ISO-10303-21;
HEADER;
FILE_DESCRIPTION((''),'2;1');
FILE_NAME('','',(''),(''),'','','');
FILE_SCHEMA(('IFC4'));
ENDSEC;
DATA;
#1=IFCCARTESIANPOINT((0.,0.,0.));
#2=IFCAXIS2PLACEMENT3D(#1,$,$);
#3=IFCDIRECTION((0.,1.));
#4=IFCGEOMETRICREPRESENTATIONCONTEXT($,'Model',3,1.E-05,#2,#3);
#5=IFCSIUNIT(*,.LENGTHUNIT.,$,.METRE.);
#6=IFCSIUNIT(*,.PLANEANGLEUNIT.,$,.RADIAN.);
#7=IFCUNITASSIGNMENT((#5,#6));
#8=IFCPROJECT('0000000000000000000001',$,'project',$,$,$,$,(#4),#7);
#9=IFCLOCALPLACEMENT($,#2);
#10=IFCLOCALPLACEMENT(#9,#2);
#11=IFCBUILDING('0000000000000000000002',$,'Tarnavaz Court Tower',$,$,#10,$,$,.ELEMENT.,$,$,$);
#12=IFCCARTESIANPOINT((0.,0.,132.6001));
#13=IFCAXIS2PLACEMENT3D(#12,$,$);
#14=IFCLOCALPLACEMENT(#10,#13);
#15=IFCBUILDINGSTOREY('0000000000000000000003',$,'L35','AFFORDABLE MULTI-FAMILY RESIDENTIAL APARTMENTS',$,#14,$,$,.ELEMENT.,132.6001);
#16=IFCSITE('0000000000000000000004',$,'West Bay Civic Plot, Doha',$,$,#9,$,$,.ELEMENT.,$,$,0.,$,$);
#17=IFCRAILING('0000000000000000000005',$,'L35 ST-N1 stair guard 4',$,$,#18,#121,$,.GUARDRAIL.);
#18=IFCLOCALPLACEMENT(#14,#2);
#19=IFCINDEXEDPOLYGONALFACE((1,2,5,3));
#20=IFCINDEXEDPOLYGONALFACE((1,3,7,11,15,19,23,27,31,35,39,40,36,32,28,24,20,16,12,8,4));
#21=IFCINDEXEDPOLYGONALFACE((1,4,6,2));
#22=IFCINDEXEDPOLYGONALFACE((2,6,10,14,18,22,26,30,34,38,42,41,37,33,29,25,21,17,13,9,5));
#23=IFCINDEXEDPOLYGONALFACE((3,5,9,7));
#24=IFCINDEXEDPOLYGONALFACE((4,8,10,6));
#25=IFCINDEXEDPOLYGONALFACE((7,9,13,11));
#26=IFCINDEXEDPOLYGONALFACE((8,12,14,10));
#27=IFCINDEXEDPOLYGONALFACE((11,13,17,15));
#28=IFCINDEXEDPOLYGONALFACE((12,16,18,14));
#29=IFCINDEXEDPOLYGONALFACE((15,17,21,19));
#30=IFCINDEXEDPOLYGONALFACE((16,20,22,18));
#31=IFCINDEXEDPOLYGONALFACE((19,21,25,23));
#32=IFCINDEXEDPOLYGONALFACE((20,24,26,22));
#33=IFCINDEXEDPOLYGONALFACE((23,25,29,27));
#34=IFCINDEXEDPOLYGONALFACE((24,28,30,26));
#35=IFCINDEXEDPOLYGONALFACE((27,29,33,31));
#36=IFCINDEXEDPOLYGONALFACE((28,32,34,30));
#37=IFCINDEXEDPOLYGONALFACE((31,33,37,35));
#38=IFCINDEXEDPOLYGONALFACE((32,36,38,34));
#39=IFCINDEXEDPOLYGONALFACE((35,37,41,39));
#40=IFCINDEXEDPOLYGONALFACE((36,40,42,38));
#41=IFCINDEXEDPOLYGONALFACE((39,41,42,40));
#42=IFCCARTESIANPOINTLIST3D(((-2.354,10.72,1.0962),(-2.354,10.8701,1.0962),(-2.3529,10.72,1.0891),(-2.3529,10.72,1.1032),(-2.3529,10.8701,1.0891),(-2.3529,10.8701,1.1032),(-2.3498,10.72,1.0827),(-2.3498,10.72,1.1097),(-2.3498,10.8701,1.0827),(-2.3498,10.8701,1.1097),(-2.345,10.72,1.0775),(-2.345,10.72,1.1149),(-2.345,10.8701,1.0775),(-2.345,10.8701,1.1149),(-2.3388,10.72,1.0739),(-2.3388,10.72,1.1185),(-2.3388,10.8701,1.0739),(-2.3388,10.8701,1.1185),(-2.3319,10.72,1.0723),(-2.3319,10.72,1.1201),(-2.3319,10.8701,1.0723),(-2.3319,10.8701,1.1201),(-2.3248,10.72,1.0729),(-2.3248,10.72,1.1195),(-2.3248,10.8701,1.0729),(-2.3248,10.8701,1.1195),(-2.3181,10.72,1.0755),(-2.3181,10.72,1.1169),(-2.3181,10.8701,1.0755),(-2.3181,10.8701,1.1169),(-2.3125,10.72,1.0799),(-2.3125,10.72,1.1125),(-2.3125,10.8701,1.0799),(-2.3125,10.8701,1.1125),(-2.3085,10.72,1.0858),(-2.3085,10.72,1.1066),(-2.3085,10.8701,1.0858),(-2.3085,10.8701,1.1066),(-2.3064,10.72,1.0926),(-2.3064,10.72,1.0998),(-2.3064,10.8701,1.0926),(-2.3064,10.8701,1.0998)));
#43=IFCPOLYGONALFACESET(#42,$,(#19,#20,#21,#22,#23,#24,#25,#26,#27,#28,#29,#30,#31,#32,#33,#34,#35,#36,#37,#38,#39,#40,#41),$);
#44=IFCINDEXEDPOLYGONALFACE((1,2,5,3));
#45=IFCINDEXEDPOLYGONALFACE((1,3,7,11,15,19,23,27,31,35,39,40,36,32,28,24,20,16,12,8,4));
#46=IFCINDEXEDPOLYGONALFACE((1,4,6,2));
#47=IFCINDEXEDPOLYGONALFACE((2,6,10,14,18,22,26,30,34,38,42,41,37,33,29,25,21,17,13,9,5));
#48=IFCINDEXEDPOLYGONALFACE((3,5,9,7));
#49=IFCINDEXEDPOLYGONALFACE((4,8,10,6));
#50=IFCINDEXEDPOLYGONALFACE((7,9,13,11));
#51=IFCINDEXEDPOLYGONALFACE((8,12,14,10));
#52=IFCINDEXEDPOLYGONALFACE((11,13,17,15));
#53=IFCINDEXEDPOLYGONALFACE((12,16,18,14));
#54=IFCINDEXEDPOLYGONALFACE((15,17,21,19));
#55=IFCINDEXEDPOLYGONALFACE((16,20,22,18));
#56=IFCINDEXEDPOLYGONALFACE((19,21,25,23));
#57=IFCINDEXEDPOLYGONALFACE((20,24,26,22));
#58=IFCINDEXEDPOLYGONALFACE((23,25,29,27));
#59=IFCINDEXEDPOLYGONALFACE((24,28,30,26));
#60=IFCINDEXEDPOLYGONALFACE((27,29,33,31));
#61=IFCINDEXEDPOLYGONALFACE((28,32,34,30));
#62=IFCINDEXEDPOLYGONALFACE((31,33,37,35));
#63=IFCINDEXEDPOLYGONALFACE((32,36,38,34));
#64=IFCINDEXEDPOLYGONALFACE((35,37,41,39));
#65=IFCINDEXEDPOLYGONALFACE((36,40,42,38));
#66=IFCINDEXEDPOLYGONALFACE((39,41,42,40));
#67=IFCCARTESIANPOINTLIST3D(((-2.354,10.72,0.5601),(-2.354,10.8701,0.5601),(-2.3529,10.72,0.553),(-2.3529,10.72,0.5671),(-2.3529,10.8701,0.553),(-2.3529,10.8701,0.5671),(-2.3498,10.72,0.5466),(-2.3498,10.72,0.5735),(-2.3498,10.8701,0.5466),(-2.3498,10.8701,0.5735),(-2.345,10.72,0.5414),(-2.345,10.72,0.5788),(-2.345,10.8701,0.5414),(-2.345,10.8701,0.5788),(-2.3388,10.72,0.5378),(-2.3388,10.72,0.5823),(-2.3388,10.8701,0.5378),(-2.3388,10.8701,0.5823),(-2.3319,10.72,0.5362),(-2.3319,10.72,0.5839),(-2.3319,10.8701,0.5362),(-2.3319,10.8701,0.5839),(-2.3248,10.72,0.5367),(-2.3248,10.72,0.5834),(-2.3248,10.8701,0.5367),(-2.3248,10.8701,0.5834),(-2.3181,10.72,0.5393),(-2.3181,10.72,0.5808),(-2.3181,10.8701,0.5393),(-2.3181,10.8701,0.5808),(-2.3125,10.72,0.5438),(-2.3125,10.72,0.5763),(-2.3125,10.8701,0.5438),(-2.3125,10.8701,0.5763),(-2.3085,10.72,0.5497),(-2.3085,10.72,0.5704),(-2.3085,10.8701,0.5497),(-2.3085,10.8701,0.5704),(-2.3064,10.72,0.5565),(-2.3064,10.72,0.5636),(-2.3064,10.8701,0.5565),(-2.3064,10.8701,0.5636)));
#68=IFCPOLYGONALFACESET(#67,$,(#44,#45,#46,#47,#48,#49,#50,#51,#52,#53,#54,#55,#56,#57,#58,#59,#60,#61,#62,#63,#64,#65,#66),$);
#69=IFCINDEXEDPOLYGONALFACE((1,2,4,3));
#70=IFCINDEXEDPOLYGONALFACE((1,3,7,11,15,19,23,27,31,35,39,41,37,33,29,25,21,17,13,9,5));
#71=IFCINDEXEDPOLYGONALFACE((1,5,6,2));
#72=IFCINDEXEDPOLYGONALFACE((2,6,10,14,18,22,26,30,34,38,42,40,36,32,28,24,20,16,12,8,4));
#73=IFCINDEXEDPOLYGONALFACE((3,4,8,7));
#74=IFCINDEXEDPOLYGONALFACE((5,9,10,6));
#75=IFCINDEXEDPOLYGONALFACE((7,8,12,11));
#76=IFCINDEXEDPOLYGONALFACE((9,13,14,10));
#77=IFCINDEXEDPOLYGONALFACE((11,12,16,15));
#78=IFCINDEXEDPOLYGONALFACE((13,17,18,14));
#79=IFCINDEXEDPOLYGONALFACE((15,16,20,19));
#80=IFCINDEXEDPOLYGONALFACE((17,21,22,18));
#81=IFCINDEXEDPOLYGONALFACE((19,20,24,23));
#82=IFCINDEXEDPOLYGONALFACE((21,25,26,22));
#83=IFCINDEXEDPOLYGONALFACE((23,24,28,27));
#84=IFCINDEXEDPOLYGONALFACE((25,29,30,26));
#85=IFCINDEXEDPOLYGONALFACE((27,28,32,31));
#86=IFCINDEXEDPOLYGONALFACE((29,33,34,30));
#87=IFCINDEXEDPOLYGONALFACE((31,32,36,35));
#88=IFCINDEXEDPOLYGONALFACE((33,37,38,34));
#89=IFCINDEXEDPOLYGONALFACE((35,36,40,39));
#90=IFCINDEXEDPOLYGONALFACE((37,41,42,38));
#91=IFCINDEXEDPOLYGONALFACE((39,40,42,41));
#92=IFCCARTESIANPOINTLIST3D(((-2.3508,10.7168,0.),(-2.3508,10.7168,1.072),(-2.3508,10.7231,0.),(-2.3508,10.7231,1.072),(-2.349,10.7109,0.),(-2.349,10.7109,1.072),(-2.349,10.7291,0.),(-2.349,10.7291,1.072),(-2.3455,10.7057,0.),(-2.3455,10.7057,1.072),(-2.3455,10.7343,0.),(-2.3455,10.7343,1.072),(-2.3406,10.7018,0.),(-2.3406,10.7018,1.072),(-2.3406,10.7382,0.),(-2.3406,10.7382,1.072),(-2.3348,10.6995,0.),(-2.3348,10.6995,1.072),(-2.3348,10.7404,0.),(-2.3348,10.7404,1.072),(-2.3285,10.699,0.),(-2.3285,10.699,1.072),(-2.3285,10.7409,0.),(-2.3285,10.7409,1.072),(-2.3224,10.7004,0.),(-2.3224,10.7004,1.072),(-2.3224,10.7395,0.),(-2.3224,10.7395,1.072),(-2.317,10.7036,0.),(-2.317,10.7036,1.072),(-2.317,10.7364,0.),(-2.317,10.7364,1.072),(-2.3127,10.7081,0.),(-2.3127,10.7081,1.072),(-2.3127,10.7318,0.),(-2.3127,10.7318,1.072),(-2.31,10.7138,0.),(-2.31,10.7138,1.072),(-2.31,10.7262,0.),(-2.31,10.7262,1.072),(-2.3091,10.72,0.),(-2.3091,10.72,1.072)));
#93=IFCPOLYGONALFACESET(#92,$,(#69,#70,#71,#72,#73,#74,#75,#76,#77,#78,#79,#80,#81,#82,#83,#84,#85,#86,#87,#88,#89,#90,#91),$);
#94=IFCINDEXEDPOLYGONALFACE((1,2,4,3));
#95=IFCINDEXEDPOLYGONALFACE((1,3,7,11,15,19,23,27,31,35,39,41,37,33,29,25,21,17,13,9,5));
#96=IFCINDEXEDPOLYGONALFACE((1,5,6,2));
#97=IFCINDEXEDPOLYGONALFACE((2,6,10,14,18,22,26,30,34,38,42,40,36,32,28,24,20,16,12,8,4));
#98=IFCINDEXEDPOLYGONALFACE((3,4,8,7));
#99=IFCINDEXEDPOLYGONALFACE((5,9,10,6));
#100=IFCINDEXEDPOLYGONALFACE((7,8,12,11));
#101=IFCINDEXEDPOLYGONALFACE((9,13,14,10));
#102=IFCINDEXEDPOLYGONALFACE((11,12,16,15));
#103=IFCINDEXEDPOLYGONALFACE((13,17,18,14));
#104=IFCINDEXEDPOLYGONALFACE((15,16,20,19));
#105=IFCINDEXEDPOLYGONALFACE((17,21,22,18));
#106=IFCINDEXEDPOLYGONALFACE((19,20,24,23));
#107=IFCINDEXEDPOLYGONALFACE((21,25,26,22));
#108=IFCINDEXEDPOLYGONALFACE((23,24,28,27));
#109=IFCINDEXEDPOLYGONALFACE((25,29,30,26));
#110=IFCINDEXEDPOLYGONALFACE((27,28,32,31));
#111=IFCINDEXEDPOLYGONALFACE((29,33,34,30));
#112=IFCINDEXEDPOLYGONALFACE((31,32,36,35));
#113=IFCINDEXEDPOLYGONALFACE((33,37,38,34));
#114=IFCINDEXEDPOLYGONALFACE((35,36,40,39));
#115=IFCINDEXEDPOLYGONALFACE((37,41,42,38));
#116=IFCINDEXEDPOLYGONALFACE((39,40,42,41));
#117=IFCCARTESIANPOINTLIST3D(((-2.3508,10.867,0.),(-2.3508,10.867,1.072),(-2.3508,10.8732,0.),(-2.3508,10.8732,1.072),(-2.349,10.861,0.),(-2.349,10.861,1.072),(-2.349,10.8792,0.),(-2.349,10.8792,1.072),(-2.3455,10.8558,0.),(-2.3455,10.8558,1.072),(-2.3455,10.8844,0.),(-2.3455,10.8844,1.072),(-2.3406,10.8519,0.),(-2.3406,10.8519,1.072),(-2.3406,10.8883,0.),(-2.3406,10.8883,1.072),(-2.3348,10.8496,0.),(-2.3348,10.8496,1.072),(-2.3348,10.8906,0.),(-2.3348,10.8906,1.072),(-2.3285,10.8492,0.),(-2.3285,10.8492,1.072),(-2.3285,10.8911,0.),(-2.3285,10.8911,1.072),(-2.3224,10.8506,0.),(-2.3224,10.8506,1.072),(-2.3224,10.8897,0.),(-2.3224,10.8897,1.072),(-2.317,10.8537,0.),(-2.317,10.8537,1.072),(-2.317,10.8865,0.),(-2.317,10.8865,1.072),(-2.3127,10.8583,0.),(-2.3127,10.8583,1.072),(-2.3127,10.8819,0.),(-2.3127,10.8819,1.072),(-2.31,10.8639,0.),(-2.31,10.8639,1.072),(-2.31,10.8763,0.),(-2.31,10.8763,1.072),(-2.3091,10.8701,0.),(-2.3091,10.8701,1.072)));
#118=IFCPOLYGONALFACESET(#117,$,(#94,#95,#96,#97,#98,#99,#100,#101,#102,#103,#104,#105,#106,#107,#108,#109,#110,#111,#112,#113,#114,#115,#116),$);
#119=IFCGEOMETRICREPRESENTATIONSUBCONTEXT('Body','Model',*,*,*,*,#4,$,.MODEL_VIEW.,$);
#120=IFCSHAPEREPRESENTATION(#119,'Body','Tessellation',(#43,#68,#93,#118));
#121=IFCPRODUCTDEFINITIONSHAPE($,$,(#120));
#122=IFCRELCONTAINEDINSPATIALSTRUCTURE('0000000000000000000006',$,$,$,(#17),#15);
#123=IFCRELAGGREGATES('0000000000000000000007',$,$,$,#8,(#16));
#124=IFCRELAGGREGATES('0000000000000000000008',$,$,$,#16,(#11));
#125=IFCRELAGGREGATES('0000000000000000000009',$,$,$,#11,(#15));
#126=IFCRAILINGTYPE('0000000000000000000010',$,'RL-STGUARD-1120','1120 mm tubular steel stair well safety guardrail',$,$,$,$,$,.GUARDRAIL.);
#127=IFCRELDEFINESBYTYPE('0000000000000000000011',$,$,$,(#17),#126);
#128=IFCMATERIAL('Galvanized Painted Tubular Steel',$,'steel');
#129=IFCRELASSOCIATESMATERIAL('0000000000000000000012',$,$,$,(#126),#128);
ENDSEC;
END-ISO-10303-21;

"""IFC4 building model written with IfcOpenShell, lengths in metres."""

from ifc_helpers import new_model, si_unit, direction, frame, origin, origin_2d, place, context, subcontext, project, spatial, circle, extrude, material, type_object, element, save


model = new_model("IFC4")

# Units and contexts
model_context = context("Model", 3, precision=1e-05, world=origin(), true_north=direction((0.0, 1.0)))
body_context = subcontext(model_context, "Body", "Model", "MODEL_VIEW")
ifc_project = project(units=[si_unit("LENGTHUNIT", "METRE"), si_unit("PLANEANGLEUNIT", "RADIAN")], contexts=[model_context])

# Site, building, storey
site_placement = place(None, origin())
site = spatial("IfcSite", under=ifc_project, at=site_placement, Name="West Bay Civic Plot, Doha", CompositionType="ELEMENT", RefElevation=0.0)
building_placement = place(site_placement, origin())
building = spatial("IfcBuilding", under=site, at=building_placement, Name="Tarnavaz Court Tower", CompositionType="ELEMENT")
storey_placement = place(building_placement, frame((0.0, 0.0, 132.6001)))
storey = spatial("IfcBuildingStorey", under=building, at=storey_placement, Name="L35", Description="AFFORDABLE MULTI-FAMILY RESIDENTIAL APARTMENTS", CompositionType="ELEMENT", Elevation=132.6001)

# Railing
ifc_material_1 = material(Name="Galvanized Painted Tubular Steel", Category="steel")
railing_type_1 = type_object("IfcRailingType", Name="RL-STGUARD-1120", Description="1120 mm tubular steel stair well safety guardrail", PredefinedType="GUARDRAIL", material=ifc_material_1)
railing_1_placement = place(storey_placement, frame((-2.3301, 10.72, 0.0)))
element("IfcRailing", 1, at=railing_1_placement, inside=storey, type_object=railing_type_1, Name="L35 ST-N1 stair guard 4", PredefinedType="GUARDRAIL", context=body_context, shape_type="SweptSolid", body=[
    extrude(circle(Radius=0.0239, at=origin_2d()), frame((0.0, 0.0, 1.0962), z_axis=(0.0, 1.0, 0.0), x_axis=(-1.0, 0.0, 0.0)), (0.0, 0.0, 1.0), 0.1501),
    extrude(circle(Radius=0.0239, at=origin_2d()), frame((0.0, 0.0, 0.5601), z_axis=(0.0, 1.0, 0.0), x_axis=(-1.0, 0.0, 0.0)), (0.0, 0.0, 1.0), 0.1501),
    extrude(circle(Radius=0.021, at=origin_2d()), origin(), (0.0, 0.0, 1.0), 1.072),
    extrude(circle(Radius=0.021, at=origin_2d()), frame((0.0, 0.1501, 0.0)), (0.0, 0.0, 1.0), 1.072),
])

save(model, "model.ifc")
